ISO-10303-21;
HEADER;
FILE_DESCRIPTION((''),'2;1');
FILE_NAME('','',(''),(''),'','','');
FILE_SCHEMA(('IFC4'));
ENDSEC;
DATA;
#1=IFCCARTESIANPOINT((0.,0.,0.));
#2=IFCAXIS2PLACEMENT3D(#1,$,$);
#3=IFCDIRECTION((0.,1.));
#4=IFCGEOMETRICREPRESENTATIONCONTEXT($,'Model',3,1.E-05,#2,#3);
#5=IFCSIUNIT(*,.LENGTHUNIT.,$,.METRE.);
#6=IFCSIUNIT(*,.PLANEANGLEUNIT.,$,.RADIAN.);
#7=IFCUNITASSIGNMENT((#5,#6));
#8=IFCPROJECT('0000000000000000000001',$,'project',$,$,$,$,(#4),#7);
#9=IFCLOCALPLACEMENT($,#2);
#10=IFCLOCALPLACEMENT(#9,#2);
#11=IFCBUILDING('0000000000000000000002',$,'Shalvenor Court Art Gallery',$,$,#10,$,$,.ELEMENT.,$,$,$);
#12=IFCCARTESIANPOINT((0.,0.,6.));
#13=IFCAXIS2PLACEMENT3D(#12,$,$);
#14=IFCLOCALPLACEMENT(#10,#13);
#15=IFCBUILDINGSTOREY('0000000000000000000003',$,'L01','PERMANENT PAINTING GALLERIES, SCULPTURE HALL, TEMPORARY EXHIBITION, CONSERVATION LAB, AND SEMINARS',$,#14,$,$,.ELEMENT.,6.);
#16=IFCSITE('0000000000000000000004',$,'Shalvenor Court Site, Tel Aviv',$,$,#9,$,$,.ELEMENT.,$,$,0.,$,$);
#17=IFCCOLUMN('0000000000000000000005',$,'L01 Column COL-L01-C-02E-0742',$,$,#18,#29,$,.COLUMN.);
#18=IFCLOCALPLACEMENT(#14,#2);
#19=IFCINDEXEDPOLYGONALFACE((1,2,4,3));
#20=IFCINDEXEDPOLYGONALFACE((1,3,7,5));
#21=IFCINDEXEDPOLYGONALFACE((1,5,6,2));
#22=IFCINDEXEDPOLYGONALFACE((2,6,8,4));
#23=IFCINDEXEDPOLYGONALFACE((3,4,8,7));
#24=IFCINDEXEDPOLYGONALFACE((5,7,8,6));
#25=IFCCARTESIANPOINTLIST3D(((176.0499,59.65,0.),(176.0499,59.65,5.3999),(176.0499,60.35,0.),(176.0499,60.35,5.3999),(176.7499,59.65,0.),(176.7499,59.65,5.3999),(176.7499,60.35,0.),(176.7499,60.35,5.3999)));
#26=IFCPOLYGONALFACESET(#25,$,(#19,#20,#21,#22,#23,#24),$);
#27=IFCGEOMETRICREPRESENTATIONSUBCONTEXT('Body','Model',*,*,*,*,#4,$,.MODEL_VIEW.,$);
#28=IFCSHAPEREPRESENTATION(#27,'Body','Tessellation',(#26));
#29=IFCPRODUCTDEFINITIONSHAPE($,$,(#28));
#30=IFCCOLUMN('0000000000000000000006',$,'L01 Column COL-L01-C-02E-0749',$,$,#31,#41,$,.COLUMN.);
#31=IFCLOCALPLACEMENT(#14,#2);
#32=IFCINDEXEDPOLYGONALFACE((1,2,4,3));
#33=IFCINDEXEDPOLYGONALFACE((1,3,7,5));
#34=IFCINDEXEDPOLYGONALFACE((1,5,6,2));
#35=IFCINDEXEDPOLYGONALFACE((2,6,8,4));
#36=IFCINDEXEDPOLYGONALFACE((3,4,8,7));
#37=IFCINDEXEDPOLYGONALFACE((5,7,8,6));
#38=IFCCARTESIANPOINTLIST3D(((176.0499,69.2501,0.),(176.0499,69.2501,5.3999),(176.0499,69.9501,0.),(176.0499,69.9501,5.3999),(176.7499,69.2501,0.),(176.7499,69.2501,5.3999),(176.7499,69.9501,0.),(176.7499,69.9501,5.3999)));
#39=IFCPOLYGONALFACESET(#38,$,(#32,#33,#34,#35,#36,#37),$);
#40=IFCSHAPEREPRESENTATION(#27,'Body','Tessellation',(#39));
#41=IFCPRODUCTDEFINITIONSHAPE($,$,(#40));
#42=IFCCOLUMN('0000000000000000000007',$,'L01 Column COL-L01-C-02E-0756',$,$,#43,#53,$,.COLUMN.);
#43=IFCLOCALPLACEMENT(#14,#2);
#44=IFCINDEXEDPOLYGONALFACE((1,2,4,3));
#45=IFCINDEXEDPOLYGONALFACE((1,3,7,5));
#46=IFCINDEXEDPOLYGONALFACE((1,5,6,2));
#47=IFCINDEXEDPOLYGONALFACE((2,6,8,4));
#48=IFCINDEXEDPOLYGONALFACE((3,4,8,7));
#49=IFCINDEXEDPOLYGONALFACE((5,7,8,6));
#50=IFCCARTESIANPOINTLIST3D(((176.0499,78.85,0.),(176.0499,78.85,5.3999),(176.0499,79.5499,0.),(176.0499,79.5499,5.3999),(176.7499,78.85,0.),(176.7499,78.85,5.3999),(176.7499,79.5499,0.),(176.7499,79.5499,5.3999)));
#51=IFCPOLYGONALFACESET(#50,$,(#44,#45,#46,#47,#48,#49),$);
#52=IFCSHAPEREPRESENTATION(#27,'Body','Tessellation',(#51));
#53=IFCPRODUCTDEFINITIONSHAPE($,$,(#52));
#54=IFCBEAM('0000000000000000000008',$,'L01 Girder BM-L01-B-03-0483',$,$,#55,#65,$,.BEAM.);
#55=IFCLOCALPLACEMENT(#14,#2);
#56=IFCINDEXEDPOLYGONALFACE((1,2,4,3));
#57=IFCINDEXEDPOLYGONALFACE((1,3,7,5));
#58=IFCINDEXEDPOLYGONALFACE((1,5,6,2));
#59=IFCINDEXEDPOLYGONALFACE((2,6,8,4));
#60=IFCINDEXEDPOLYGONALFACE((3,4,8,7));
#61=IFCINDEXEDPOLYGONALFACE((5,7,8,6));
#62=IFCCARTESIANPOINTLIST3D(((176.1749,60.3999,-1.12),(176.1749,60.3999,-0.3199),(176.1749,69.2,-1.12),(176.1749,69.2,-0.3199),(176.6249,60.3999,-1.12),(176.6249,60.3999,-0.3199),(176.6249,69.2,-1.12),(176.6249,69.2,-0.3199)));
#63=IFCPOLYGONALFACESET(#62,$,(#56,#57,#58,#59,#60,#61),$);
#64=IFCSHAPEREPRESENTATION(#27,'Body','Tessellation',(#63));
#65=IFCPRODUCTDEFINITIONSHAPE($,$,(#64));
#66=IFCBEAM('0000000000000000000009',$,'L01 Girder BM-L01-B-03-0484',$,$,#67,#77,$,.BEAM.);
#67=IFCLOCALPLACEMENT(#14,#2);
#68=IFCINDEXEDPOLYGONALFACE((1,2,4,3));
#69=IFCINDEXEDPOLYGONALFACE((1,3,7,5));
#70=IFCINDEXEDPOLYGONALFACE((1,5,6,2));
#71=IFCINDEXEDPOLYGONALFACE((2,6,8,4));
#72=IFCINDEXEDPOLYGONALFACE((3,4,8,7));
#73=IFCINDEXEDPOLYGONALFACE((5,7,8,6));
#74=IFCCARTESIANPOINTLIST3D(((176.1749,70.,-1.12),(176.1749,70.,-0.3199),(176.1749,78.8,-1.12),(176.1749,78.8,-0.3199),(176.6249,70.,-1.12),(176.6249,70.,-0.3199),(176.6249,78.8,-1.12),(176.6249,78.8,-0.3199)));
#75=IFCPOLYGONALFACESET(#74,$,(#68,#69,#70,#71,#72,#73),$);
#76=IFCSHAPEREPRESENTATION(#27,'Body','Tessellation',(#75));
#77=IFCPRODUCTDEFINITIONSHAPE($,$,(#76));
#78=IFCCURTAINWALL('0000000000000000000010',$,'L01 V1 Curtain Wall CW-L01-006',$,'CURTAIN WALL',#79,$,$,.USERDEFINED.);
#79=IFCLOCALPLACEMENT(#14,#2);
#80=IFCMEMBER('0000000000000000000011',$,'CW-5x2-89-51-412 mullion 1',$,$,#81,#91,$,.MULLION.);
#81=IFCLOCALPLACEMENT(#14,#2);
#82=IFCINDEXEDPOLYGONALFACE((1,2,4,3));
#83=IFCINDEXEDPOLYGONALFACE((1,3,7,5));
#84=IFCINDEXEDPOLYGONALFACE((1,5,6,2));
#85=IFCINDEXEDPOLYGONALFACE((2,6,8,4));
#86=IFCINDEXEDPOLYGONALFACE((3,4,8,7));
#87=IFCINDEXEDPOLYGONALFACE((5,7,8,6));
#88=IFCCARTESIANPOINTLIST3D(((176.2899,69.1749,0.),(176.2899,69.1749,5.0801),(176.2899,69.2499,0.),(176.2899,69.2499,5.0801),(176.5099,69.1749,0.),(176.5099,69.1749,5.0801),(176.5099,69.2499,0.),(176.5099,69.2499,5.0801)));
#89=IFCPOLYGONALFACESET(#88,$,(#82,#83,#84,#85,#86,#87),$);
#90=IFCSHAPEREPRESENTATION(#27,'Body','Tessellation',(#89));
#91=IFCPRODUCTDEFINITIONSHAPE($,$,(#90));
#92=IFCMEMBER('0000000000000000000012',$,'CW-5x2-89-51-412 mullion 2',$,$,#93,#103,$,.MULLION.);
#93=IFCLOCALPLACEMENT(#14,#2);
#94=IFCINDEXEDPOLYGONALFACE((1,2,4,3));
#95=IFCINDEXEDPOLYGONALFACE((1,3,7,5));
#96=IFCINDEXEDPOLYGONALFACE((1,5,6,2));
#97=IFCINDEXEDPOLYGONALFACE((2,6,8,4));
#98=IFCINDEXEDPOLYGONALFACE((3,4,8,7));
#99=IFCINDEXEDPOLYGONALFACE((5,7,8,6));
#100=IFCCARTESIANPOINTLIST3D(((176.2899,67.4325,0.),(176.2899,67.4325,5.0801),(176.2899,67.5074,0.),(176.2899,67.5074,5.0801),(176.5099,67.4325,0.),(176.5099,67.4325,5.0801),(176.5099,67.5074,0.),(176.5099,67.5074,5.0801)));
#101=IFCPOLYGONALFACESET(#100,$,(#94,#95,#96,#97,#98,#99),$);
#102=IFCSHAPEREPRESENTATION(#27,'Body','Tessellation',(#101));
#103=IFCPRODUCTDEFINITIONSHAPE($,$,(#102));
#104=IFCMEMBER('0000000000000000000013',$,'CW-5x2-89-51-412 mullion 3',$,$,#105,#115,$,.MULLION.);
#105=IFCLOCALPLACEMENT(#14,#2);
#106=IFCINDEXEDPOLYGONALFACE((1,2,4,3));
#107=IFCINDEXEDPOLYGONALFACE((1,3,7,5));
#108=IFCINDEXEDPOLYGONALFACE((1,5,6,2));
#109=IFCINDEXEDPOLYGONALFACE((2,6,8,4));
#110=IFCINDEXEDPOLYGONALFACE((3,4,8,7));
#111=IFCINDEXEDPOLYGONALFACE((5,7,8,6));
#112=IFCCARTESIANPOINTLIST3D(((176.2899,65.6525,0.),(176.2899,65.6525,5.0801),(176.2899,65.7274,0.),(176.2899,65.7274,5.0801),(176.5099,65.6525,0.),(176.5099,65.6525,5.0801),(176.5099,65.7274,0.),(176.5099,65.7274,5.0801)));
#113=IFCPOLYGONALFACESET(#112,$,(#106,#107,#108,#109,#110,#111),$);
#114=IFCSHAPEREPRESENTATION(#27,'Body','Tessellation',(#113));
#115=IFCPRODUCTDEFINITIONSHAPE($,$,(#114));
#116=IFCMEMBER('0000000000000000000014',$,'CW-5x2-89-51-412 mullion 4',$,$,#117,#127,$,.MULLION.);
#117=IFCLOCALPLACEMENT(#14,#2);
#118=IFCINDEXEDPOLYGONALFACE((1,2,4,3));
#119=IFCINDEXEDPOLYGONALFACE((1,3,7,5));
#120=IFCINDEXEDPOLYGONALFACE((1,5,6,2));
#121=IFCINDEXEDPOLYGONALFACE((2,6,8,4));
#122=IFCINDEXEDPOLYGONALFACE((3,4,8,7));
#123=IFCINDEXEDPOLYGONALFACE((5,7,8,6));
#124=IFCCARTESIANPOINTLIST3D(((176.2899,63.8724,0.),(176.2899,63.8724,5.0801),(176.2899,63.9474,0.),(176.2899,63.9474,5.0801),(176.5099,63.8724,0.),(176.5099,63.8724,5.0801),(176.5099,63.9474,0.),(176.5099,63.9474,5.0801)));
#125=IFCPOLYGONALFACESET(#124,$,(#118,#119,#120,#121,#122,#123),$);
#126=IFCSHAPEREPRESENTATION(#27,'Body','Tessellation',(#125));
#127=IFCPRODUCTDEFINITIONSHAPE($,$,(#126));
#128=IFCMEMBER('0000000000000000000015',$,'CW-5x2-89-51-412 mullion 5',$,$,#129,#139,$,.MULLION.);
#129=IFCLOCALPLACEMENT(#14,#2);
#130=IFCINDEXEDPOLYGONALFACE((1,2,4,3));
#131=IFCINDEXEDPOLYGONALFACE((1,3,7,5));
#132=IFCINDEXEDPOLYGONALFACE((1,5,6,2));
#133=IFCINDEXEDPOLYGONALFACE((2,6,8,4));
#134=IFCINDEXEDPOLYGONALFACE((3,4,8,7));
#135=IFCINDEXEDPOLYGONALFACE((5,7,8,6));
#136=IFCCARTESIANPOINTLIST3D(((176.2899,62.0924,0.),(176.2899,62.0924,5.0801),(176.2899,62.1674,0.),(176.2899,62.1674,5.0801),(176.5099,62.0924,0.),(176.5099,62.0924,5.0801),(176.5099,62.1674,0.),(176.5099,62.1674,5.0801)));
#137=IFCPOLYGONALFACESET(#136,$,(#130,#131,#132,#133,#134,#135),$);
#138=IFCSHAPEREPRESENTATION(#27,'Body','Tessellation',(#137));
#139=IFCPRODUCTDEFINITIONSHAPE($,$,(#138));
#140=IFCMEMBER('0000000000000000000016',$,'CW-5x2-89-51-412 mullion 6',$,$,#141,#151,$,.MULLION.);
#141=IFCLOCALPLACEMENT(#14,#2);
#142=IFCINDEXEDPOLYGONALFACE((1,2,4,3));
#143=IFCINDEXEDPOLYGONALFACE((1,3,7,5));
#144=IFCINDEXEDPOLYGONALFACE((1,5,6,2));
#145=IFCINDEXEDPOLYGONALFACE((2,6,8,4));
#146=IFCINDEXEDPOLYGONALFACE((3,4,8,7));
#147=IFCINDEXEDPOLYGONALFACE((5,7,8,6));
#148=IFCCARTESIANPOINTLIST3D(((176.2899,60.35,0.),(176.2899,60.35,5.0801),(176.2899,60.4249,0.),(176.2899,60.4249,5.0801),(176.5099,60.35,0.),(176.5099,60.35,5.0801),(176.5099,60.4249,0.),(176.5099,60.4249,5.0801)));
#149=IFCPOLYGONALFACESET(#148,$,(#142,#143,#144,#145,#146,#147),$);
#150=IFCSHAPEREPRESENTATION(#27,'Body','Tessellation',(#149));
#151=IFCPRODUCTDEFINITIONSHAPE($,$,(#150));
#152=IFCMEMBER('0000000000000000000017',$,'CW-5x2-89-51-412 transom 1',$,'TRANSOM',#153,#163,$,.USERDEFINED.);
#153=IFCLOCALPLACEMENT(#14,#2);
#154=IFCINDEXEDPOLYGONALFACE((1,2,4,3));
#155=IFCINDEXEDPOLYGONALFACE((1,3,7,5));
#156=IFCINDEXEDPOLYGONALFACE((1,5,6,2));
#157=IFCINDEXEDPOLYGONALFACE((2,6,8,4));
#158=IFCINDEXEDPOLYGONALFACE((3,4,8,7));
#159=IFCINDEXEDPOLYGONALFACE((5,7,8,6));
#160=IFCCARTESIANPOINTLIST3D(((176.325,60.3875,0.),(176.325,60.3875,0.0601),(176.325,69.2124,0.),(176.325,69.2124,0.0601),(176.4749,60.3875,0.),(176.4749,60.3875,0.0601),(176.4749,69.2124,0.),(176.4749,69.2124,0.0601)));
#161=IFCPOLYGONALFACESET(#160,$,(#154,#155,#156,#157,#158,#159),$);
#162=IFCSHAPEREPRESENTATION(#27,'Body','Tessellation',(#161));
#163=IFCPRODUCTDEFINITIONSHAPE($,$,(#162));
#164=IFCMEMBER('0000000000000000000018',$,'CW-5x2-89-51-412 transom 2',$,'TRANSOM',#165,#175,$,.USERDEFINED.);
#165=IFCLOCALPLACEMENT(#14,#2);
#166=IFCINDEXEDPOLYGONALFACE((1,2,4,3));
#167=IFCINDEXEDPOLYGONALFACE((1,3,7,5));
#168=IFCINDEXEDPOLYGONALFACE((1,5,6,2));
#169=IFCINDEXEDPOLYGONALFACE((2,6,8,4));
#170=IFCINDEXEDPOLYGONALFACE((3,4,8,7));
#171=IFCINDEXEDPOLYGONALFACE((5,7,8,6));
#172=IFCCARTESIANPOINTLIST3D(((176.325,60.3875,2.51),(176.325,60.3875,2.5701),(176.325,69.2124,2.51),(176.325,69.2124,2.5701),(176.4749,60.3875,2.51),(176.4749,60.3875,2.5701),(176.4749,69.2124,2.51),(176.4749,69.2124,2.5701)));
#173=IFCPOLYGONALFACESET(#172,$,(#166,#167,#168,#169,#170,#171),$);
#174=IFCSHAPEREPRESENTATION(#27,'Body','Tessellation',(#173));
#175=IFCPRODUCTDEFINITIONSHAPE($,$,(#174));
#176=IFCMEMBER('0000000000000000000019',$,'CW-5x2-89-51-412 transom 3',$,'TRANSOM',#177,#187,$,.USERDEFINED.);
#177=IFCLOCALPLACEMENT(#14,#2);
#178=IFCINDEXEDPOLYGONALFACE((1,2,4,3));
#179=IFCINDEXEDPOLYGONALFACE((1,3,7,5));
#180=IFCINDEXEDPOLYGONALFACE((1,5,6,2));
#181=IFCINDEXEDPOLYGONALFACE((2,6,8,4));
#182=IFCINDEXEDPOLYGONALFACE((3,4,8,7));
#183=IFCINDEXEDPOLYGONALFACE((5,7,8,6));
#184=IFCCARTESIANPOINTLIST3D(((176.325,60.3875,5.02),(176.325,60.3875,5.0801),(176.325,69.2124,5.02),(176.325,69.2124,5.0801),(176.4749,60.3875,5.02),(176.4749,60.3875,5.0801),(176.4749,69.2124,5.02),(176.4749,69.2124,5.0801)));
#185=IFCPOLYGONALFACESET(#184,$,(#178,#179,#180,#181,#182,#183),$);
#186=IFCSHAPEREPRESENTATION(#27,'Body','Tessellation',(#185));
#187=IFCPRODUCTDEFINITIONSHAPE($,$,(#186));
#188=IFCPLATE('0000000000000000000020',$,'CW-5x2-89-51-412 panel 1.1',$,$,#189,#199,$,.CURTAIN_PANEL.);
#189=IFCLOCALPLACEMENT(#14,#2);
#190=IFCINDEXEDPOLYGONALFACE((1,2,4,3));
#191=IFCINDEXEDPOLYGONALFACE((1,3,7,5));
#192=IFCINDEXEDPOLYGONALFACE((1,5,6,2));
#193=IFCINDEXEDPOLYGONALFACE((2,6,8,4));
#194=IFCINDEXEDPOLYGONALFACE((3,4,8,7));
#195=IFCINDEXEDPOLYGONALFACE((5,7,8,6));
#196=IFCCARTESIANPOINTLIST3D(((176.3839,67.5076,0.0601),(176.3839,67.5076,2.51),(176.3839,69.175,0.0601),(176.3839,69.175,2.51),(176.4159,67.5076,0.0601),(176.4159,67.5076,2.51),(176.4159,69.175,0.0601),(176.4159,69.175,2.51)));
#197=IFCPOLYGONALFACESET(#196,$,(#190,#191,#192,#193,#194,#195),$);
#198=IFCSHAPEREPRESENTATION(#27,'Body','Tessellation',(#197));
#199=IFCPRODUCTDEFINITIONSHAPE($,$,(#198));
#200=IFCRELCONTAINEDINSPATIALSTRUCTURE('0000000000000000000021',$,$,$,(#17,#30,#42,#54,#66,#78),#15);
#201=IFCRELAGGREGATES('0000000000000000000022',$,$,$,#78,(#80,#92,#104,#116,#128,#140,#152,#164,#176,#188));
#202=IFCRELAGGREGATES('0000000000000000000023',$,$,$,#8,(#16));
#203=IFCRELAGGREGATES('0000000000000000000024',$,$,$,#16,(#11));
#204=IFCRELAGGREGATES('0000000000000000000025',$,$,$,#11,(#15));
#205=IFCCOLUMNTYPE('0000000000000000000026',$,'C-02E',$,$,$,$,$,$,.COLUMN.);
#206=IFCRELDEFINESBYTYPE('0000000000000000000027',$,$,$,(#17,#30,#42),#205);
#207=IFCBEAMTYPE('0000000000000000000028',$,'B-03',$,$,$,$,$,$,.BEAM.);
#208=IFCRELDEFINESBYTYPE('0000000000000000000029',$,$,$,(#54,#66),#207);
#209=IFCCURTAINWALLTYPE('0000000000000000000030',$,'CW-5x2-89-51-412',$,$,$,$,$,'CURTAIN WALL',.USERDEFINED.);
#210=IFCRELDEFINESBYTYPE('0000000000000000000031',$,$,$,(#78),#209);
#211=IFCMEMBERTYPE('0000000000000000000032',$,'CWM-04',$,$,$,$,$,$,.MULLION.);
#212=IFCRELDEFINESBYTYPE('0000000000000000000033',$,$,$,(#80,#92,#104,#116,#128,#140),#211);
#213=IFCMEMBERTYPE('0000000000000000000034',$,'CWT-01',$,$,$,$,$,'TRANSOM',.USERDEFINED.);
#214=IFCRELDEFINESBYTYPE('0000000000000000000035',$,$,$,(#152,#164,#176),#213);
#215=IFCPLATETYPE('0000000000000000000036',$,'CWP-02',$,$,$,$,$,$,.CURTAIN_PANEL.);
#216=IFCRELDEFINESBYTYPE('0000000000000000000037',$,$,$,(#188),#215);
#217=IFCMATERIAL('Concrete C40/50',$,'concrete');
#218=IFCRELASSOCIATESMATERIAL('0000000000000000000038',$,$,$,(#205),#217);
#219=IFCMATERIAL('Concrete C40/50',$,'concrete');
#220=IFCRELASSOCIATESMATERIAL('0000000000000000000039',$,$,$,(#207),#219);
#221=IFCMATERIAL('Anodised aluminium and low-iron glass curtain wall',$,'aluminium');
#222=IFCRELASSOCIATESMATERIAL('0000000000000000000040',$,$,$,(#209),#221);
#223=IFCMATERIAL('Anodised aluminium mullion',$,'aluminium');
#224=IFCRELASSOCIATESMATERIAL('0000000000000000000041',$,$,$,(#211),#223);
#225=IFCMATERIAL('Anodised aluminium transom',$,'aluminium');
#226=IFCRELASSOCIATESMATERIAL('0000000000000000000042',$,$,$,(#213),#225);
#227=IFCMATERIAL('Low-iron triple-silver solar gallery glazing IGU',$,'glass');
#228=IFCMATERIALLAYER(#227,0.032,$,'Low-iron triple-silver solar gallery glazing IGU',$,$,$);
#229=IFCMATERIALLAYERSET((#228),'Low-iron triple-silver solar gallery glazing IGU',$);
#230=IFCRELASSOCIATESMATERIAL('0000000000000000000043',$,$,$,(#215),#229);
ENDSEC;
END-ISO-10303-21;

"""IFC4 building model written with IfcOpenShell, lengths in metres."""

from ifc_helpers import new_model, si_unit, direction, frame, origin, origin_2d, place, context, subcontext, project, spatial, rectangle, extrude, material, layer, layer_set, material_profile, profile_set, type_object, element, aggregate, save


model = new_model("IFC4")

# Units and contexts
model_context = context("Model", 3, precision=1e-05, world=origin(), true_north=direction((0.0, 1.0)))
body_context = subcontext(model_context, "Body", "Model", "MODEL_VIEW")
ifc_project = project(units=[si_unit("LENGTHUNIT", "METRE"), si_unit("PLANEANGLEUNIT", "RADIAN")], contexts=[model_context])

# Site, building, storey
site_placement = place(None, origin())
site = spatial("IfcSite", under=ifc_project, at=site_placement, Name="Shalvenor Court Site, Tel Aviv", CompositionType="ELEMENT", RefElevation=0.0)
building_placement = place(site_placement, origin())
building = spatial("IfcBuilding", under=site, at=building_placement, Name="Shalvenor Court Art Gallery", CompositionType="ELEMENT")
storey_placement = place(building_placement, frame((0.0, 0.0, 6.0)))
storey = spatial("IfcBuildingStorey", under=building, at=storey_placement, Name="L01", Description="PERMANENT PAINTING GALLERIES, SCULPTURE HALL, TEMPORARY EXHIBITION, CONSERVATION LAB, AND SEMINARS", CompositionType="ELEMENT", Elevation=6.0)

# Columns
ifc_material_1 = material(Name="Concrete C40/50", Category="concrete")
ifc_material_profile_1 = material_profile(ifc_material_1, rectangle(XDim=0.7, YDim=0.7, at=origin_2d()), Name="RC 700x700")
ifc_profile_set_1 = profile_set([ifc_material_profile_1], Name="Concrete C40/50")
column_type = type_object("IfcColumnType", Name="C-02E", PredefinedType="COLUMN", material=ifc_profile_set_1)
for number, where, z_axis, x_axis, name in (
    (1, (176.3999, 60.0, 0.0), (0.0, 0.0, 1.0), (1.0, 0.0, 0.0), "L01 Column COL-L01-C-02E-0742"),
    (2, (176.3999, 69.6001, 0.0), (0.0, 0.0, 1.0), (1.0, 0.0, 0.0), "L01 Column COL-L01-C-02E-0749"),
    (3, (176.3999, 79.2, 0.0), (0.0, 0.0, 1.0), (1.0, 0.0, 0.0), "L01 Column COL-L01-C-02E-0756"),
):
    element("IfcColumn", number, at=place(storey_placement, frame(where, z_axis=z_axis, x_axis=x_axis)), inside=storey, type_object=column_type, Name=name, PredefinedType="COLUMN", context=body_context, shape_type="SweptSolid", body=[
        extrude(rectangle(XDim=0.7, YDim=0.7, at=origin_2d()), origin(), (0.0, 0.0, 1.0), 5.3999),
    ])

# Beams
ifc_material_2 = material(Name="Concrete C40/50", Category="concrete")
ifc_material_profile_2 = material_profile(ifc_material_2, rectangle(XDim=0.45, YDim=0.8, at=origin_2d()), Name="RC 450x800")
ifc_profile_set_2 = profile_set([ifc_material_profile_2], Name="Concrete C40/50")
beam_type = type_object("IfcBeamType", Name="B-03", PredefinedType="BEAM", material=ifc_profile_set_2)
for number, where, z_axis, x_axis, name in (
    (4, (176.3999, 60.3999, -0.72), (0.0, 1.0, 0.0), (-1.0, 0.0, 0.0), "L01 Girder BM-L01-B-03-0483"),
    (5, (176.3999, 70.0, -0.72), (0.0, 1.0, 0.0), (-1.0, 0.0, 0.0), "L01 Girder BM-L01-B-03-0484"),
):
    element("IfcBeam", number, at=place(storey_placement, frame(where, z_axis=z_axis, x_axis=x_axis)), inside=storey, type_object=beam_type, Name=name, PredefinedType="BEAM", context=body_context, shape_type="SweptSolid", body=[
        extrude(rectangle(XDim=0.45, YDim=0.8, at=origin_2d()), origin(), (0.0, 0.0, 1.0), 8.8),
    ])

# Curtain wall, members, plate
ifc_material_3 = material(Name="Anodised aluminium and low-iron glass curtain wall", Category="aluminium")
curtain_wall_type = type_object("IfcCurtainWallType", Name="CW-5x2-89-51-412", ElementType="CURTAIN WALL", PredefinedType="USERDEFINED", material=ifc_material_3)
curtain_wall_placement = place(storey_placement, origin())
curtain_wall = element("IfcCurtainWall", 6, at=curtain_wall_placement, inside=storey, type_object=curtain_wall_type, Name="L01 V1 Curtain Wall CW-L01-006", ObjectType="CURTAIN WALL", PredefinedType="USERDEFINED")
ifc_material_4 = material(Name="Anodised aluminium mullion", Category="aluminium")
ifc_material_profile_3 = material_profile(ifc_material_4, rectangle(XDim=0.075, YDim=0.22, at=origin_2d()), Name="CWM-04")
ifc_profile_set_3 = profile_set([ifc_material_profile_3], Name="Anodised aluminium mullion")
member_type_1 = type_object("IfcMemberType", Name="CWM-04", PredefinedType="MULLION", material=ifc_profile_set_3)
member_1_placement = place(storey_placement, frame((176.3999, 69.2124, 0.0), z_axis=(0.0, 0.0, 1.0), x_axis=(0.0, -1.0, 0.0)))
member_1 = element("IfcMember", 7, at=member_1_placement, type_object=member_type_1, Name="CW-5x2-89-51-412 mullion 1", PredefinedType="MULLION", context=body_context, shape_type="SweptSolid", body=[
    extrude(rectangle(XDim=0.075, YDim=0.22, at=origin_2d()), origin(), (0.0, 0.0, 1.0), 5.0801),
])
member_2_placement = place(storey_placement, frame((176.3999, 67.47, 0.0), z_axis=(0.0, 0.0, 1.0), x_axis=(0.0, -1.0, 0.0)))
member_2 = element("IfcMember", 8, at=member_2_placement, type_object=member_type_1, Name="CW-5x2-89-51-412 mullion 2", PredefinedType="MULLION", context=body_context, shape_type="SweptSolid", body=[
    extrude(rectangle(XDim=0.075, YDim=0.22, at=origin_2d()), origin(), (0.0, 0.0, 1.0), 5.0801),
])
member_3_placement = place(storey_placement, frame((176.3999, 65.6899, 0.0), z_axis=(0.0, 0.0, 1.0), x_axis=(0.0, -1.0, 0.0)))
member_3 = element("IfcMember", 9, at=member_3_placement, type_object=member_type_1, Name="CW-5x2-89-51-412 mullion 3", PredefinedType="MULLION", context=body_context, shape_type="SweptSolid", body=[
    extrude(rectangle(XDim=0.075, YDim=0.22, at=origin_2d()), origin(), (0.0, 0.0, 1.0), 5.0801),
])
member_4_placement = place(storey_placement, frame((176.3999, 63.9099, 0.0), z_axis=(0.0, 0.0, 1.0), x_axis=(0.0, -1.0, 0.0)))
member_4 = element("IfcMember", 10, at=member_4_placement, type_object=member_type_1, Name="CW-5x2-89-51-412 mullion 4", PredefinedType="MULLION", context=body_context, shape_type="SweptSolid", body=[
    extrude(rectangle(XDim=0.075, YDim=0.22, at=origin_2d()), origin(), (0.0, 0.0, 1.0), 5.0801),
])
member_5_placement = place(storey_placement, frame((176.3999, 62.1299, 0.0), z_axis=(0.0, 0.0, 1.0), x_axis=(0.0, -1.0, 0.0)))
member_5 = element("IfcMember", 11, at=member_5_placement, type_object=member_type_1, Name="CW-5x2-89-51-412 mullion 5", PredefinedType="MULLION", context=body_context, shape_type="SweptSolid", body=[
    extrude(rectangle(XDim=0.075, YDim=0.22, at=origin_2d()), origin(), (0.0, 0.0, 1.0), 5.0801),
])
member_6_placement = place(storey_placement, frame((176.3999, 60.3875, 0.0), z_axis=(0.0, 0.0, 1.0), x_axis=(0.0, -1.0, 0.0)))
member_6 = element("IfcMember", 12, at=member_6_placement, type_object=member_type_1, Name="CW-5x2-89-51-412 mullion 6", PredefinedType="MULLION", context=body_context, shape_type="SweptSolid", body=[
    extrude(rectangle(XDim=0.075, YDim=0.22, at=origin_2d()), origin(), (0.0, 0.0, 1.0), 5.0801),
])
ifc_material_5 = material(Name="Anodised aluminium transom", Category="aluminium")
ifc_material_profile_4 = material_profile(ifc_material_5, rectangle(XDim=0.1499, YDim=0.0601, at=origin_2d()), Name="CWT-01")
ifc_profile_set_4 = profile_set([ifc_material_profile_4], Name="Anodised aluminium transom")
member_type_2 = type_object("IfcMemberType", Name="CWT-01", ElementType="TRANSOM", PredefinedType="USERDEFINED", material=ifc_profile_set_4)
member_7_placement = place(storey_placement, frame((176.3999, 69.2124, 0.03), z_axis=(0.0, -1.0, 0.0), x_axis=(1.0, 0.0, 0.0)))
member_7 = element("IfcMember", 13, at=member_7_placement, type_object=member_type_2, Name="CW-5x2-89-51-412 transom 1", ObjectType="TRANSOM", PredefinedType="USERDEFINED", context=body_context, shape_type="SweptSolid", body=[
    extrude(rectangle(XDim=0.1499, YDim=0.0601, at=origin_2d()), origin(), (0.0, 0.0, 1.0), 8.825),
])
member_8_placement = place(storey_placement, frame((176.3999, 69.2124, 2.54), z_axis=(0.0, -1.0, 0.0), x_axis=(1.0, 0.0, 0.0)))
member_8 = element("IfcMember", 14, at=member_8_placement, type_object=member_type_2, Name="CW-5x2-89-51-412 transom 2", ObjectType="TRANSOM", PredefinedType="USERDEFINED", context=body_context, shape_type="SweptSolid", body=[
    extrude(rectangle(XDim=0.1499, YDim=0.0601, at=origin_2d()), origin(), (0.0, 0.0, 1.0), 8.825),
])
member_9_placement = place(storey_placement, frame((176.3999, 69.2124, 5.05), z_axis=(0.0, -1.0, 0.0), x_axis=(1.0, 0.0, 0.0)))
member_9 = element("IfcMember", 15, at=member_9_placement, type_object=member_type_2, Name="CW-5x2-89-51-412 transom 3", ObjectType="TRANSOM", PredefinedType="USERDEFINED", context=body_context, shape_type="SweptSolid", body=[
    extrude(rectangle(XDim=0.1499, YDim=0.0601, at=origin_2d()), origin(), (0.0, 0.0, 1.0), 8.825),
])
ifc_material_6 = material(Name="Low-iron triple-silver solar gallery glazing IGU", Category="glass")
ifc_layer_1 = layer(ifc_material_6, 0.032, Name="Low-iron triple-silver solar gallery glazing IGU")
ifc_layer_set_1 = layer_set([ifc_layer_1], Name="Low-iron triple-silver solar gallery glazing IGU")
plate_type_1 = type_object("IfcPlateType", Name="CWP-02", PredefinedType="CURTAIN_PANEL", material=ifc_layer_set_1)
plate_1_placement = place(storey_placement, frame((176.3999, 68.3413, 0.0601), z_axis=(0.0, 0.0, 1.0), x_axis=(0.0, -1.0, 0.0)))
plate_1 = element("IfcPlate", 16, at=plate_1_placement, type_object=plate_type_1, Name="CW-5x2-89-51-412 panel 1.1", PredefinedType="CURTAIN_PANEL", context=body_context, shape_type="SweptSolid", body=[
    extrude(rectangle(XDim=1.6675, YDim=0.032, at=origin_2d()), origin(), (0.0, 0.0, 1.0), 2.45),
])
aggregate(curtain_wall, [member_1, member_2, member_3, member_4, member_5, member_6, member_7, member_8, member_9, plate_1])

save(model, "model.ifc")
